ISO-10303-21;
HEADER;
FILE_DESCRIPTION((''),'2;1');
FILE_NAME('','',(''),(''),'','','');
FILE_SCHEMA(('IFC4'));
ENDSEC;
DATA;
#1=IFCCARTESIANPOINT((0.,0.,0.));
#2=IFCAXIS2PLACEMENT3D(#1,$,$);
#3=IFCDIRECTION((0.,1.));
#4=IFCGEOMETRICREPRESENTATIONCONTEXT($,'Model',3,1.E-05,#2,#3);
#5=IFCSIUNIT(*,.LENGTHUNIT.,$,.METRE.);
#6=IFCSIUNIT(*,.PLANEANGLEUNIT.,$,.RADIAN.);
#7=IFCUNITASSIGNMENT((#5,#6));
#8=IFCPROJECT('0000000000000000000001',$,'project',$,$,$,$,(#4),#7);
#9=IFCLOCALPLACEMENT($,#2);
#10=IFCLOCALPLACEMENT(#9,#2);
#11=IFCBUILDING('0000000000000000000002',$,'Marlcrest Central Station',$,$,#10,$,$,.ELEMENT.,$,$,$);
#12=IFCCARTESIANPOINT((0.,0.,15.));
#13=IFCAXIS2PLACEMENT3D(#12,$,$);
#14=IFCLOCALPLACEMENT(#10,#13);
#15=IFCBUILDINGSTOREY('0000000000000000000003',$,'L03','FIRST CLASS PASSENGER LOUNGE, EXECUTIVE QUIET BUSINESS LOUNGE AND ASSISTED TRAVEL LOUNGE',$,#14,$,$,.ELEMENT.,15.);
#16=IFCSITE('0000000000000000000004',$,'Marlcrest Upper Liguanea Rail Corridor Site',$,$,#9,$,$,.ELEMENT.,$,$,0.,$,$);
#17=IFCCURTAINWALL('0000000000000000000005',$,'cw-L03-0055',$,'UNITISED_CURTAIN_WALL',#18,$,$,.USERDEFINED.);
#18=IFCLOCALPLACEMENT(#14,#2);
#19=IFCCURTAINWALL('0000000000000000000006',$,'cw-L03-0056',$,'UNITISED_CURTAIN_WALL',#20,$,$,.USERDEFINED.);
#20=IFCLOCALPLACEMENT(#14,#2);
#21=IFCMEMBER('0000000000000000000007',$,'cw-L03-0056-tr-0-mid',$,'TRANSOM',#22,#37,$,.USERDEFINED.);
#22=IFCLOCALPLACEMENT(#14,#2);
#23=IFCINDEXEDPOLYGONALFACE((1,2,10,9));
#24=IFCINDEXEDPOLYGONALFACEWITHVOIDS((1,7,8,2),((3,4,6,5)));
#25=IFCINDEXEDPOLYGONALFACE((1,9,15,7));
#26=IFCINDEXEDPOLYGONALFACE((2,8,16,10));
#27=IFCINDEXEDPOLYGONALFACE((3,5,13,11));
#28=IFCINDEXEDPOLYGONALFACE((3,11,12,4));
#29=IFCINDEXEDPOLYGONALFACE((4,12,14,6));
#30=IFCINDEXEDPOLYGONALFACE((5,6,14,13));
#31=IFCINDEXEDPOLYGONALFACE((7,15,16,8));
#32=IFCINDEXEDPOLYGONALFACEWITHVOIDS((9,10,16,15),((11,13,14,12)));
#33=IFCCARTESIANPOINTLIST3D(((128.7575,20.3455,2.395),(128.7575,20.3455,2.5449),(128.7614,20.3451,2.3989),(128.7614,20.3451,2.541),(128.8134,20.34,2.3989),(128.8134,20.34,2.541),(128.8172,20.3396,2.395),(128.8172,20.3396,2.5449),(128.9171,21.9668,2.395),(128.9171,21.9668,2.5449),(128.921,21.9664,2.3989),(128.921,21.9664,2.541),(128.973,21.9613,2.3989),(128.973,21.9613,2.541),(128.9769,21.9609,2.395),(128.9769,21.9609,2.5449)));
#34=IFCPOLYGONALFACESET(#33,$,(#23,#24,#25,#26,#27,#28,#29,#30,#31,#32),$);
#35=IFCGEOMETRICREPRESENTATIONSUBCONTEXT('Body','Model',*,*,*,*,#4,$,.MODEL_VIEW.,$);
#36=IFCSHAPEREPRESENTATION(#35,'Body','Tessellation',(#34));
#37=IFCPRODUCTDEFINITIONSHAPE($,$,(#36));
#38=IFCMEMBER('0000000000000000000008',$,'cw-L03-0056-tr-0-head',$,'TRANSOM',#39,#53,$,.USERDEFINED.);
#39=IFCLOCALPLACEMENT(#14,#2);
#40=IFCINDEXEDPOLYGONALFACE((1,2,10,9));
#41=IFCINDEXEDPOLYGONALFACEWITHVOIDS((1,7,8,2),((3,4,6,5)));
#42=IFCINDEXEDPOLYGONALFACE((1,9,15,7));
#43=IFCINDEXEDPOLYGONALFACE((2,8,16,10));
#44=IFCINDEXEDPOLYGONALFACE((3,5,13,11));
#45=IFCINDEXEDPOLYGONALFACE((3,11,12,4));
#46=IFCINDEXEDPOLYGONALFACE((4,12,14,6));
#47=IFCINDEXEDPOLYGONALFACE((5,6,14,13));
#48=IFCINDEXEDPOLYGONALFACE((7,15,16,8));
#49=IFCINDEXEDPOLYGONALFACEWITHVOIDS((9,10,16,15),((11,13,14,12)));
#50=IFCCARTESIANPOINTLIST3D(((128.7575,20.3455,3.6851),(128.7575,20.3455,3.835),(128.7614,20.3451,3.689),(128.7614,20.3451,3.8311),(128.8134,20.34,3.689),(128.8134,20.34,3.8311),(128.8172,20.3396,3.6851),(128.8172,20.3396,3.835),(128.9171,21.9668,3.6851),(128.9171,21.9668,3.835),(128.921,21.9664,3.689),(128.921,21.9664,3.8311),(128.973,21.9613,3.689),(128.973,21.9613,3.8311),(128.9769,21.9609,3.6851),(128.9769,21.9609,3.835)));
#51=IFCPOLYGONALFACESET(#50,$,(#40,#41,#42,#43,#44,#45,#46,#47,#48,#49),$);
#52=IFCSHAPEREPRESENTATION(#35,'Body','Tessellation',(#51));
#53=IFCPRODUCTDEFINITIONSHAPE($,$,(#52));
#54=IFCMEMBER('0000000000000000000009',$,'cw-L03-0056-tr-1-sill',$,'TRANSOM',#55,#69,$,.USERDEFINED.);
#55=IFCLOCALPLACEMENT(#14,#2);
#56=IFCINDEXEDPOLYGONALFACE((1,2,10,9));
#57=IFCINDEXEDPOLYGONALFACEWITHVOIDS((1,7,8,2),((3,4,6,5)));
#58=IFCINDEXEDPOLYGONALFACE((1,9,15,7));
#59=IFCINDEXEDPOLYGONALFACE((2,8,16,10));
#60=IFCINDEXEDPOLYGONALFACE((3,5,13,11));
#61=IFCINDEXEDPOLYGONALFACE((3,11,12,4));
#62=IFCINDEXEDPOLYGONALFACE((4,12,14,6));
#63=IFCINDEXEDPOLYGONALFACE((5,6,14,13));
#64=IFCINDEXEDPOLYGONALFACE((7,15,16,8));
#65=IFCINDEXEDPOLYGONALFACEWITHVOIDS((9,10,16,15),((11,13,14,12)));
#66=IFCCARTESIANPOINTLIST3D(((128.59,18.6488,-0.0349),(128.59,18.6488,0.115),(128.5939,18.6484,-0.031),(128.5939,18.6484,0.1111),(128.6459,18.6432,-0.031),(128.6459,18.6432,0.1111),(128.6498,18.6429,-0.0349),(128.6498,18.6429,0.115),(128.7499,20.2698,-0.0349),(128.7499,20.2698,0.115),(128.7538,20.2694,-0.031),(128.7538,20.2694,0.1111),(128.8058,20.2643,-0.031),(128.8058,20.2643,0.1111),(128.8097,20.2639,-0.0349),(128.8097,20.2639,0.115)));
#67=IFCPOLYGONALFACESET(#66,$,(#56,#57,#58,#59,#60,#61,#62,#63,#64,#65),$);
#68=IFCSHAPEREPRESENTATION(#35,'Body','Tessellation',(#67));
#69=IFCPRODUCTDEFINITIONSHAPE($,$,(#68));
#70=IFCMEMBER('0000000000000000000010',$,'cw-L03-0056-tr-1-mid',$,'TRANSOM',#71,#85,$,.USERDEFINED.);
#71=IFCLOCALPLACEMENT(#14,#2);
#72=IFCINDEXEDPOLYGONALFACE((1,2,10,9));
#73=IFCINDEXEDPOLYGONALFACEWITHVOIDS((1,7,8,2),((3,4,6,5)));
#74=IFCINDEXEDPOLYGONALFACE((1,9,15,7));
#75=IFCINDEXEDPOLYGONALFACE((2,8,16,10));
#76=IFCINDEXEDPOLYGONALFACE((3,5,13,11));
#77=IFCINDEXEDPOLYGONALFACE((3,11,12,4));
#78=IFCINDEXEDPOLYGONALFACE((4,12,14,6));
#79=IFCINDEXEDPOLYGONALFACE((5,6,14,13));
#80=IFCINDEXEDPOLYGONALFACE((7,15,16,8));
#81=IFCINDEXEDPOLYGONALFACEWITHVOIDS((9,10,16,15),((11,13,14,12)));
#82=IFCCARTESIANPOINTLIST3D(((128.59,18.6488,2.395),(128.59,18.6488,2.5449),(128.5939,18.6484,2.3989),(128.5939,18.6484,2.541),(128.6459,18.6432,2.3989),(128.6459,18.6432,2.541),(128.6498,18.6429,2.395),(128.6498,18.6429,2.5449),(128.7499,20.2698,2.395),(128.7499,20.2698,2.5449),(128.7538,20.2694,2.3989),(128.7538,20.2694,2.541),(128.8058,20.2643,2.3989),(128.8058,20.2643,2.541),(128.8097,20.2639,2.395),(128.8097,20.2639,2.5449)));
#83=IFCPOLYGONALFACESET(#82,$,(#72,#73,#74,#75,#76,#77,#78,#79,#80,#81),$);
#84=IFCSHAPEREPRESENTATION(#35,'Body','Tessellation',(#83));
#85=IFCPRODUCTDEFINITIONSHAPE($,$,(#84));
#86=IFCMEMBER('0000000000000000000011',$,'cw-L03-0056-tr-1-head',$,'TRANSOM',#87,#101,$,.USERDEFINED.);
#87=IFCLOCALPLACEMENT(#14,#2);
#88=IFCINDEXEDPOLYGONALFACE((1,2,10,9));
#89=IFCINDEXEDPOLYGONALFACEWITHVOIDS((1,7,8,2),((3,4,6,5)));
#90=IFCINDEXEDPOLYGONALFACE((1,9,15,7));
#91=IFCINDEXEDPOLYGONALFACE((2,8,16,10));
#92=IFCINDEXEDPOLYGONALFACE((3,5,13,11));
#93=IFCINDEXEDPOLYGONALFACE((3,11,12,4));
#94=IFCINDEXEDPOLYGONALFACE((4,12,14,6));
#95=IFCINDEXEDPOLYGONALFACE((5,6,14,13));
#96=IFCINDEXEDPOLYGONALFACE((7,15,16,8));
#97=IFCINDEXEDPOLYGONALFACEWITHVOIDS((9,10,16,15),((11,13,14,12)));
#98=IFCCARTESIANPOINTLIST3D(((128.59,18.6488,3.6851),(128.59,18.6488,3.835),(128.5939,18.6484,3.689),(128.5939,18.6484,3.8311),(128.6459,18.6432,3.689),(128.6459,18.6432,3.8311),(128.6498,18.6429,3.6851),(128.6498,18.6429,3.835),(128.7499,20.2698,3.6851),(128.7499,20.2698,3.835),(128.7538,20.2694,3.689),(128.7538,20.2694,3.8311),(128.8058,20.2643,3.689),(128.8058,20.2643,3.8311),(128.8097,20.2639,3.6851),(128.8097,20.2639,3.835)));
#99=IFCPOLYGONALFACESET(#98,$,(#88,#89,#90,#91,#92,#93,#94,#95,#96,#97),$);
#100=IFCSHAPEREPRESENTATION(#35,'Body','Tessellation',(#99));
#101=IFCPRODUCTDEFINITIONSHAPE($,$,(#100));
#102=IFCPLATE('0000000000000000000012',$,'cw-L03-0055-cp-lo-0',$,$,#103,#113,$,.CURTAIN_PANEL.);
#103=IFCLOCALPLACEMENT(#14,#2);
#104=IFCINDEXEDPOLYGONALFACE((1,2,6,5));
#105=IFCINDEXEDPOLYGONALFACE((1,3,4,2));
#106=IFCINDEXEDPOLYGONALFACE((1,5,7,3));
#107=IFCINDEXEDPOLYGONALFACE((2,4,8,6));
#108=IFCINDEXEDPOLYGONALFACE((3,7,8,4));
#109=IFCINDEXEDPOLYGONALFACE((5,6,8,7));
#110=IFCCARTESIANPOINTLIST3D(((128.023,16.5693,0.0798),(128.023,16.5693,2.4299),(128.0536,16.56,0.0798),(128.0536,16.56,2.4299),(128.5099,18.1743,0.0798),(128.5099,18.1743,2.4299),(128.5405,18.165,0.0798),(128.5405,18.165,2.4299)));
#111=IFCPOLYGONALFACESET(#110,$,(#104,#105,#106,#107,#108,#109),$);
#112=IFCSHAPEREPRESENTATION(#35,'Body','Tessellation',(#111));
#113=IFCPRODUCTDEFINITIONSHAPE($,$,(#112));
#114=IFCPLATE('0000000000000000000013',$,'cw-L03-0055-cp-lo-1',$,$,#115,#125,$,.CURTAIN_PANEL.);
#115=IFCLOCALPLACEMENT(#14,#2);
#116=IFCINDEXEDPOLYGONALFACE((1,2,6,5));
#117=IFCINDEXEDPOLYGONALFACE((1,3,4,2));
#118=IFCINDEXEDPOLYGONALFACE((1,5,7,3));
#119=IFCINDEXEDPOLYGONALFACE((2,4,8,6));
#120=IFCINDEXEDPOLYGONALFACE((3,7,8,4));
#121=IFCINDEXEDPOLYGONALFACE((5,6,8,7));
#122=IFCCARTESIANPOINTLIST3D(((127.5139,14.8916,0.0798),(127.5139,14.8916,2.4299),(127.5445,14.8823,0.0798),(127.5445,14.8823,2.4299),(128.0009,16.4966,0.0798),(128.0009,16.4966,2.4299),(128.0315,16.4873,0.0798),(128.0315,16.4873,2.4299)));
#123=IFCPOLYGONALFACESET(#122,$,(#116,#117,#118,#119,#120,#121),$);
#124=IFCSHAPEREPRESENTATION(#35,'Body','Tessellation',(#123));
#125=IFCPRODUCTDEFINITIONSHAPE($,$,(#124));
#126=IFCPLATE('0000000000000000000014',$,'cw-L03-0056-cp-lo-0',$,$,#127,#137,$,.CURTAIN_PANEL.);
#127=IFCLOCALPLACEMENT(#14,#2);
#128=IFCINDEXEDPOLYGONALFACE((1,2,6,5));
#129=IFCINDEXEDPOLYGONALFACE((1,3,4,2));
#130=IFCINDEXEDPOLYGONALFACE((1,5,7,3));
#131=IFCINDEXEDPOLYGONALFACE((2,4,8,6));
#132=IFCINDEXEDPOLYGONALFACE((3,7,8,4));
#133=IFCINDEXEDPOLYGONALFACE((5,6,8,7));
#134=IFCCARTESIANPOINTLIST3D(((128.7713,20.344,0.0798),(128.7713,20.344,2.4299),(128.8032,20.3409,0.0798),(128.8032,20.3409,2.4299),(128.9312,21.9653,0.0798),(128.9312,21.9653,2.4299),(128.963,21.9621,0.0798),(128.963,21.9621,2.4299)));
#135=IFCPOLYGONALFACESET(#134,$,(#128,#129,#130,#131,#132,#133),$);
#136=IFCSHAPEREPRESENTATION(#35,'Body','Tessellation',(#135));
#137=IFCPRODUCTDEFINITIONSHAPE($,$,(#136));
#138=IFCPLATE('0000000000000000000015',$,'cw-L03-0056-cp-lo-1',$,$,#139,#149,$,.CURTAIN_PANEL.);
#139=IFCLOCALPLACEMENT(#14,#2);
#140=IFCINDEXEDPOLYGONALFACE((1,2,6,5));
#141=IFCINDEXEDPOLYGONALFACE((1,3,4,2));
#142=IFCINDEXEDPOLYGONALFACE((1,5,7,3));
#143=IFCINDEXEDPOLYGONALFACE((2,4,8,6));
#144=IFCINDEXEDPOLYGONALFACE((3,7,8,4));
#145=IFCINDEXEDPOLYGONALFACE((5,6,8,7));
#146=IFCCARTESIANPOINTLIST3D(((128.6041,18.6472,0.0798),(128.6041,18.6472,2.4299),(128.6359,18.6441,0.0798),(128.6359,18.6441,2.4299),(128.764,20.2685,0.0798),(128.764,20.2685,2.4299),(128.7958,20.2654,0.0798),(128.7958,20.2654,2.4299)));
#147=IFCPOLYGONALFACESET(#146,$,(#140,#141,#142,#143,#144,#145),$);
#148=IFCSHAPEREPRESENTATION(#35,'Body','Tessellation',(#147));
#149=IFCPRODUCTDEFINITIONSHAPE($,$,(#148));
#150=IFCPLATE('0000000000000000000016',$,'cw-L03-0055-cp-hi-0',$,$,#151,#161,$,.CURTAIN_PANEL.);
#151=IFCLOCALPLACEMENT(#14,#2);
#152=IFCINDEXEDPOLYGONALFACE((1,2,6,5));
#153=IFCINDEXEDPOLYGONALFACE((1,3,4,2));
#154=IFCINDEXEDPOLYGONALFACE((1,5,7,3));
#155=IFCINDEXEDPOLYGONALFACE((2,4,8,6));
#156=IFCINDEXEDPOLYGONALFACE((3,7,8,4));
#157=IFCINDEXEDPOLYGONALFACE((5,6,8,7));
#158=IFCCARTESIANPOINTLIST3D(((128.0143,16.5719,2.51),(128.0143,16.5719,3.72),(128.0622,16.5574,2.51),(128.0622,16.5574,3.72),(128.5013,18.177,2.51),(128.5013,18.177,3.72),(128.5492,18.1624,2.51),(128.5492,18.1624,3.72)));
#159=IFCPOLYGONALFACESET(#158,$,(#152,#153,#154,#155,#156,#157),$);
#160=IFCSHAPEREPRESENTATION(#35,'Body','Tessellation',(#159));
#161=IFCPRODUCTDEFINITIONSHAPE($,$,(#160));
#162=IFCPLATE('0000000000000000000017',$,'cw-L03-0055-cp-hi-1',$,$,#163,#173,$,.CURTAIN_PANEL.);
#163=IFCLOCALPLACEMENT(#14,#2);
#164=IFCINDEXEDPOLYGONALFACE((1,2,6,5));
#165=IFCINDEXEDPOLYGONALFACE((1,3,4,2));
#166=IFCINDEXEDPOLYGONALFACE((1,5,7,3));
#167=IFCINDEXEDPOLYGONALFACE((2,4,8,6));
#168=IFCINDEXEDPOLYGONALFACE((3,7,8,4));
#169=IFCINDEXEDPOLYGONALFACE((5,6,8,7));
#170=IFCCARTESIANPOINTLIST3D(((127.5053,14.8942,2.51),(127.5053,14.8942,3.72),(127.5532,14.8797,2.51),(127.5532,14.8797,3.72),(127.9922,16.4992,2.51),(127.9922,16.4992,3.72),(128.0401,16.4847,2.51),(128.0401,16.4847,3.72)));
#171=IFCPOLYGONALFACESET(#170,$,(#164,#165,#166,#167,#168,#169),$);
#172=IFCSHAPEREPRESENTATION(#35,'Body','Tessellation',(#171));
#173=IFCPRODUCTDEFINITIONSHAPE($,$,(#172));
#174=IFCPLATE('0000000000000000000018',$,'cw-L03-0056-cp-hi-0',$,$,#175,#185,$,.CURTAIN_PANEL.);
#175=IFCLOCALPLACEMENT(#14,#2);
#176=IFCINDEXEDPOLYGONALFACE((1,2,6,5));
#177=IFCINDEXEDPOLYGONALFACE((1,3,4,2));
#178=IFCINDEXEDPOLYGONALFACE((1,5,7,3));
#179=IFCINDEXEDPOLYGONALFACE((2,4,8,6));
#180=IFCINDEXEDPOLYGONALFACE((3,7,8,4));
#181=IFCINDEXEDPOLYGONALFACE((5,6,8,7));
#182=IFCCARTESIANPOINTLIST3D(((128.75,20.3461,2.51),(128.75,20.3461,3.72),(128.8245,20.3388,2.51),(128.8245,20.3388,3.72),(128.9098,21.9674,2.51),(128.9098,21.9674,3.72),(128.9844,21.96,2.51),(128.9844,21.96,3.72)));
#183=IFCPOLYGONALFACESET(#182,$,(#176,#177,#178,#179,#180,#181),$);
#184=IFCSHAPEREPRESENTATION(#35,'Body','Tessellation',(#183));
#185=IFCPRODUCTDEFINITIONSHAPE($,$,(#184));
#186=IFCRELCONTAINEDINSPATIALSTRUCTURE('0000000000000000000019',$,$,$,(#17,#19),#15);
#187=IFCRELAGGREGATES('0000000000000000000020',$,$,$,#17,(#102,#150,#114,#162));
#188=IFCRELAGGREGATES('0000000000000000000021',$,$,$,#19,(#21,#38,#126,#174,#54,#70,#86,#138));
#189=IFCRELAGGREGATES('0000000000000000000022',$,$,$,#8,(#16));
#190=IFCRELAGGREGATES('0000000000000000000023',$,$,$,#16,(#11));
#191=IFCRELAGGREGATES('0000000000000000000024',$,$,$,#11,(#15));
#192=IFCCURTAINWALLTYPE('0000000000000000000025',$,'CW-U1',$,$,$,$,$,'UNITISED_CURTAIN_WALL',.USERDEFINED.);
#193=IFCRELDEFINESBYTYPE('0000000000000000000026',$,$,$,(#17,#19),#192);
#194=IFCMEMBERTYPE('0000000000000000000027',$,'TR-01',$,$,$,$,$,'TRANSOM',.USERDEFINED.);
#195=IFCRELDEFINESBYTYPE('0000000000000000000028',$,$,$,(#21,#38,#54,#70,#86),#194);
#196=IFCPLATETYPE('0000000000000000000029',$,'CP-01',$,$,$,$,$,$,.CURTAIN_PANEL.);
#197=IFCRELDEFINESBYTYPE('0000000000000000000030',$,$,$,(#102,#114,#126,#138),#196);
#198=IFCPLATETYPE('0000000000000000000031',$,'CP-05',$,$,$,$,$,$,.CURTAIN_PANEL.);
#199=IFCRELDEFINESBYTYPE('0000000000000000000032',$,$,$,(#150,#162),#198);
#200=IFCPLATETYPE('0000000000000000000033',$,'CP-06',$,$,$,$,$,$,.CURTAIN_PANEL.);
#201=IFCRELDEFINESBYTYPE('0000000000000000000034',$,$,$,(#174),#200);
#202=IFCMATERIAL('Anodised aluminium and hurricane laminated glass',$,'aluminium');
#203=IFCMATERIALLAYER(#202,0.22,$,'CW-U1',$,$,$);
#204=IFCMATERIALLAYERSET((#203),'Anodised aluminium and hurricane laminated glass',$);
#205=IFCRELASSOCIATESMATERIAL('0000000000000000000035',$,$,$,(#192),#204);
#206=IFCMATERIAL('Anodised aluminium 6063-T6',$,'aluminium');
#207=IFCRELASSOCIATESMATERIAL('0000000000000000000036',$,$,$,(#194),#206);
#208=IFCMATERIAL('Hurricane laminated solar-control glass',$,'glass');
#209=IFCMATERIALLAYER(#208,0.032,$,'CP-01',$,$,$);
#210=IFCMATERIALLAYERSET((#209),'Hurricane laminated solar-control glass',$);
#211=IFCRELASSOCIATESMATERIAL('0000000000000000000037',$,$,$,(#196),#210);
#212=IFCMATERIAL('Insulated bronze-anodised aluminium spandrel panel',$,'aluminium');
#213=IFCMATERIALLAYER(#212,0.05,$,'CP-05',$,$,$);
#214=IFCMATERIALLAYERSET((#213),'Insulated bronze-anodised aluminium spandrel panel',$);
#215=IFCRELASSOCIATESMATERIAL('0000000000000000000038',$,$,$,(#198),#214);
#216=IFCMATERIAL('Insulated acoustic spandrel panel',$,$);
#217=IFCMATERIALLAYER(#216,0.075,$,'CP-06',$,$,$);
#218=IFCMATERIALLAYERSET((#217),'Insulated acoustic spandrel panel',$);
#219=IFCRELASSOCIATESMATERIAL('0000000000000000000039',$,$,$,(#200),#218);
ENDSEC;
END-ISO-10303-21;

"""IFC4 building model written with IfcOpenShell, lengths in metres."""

from ifc_helpers import new_model, si_unit, direction, frame, origin, origin_2d, place, context, subcontext, project, spatial, rectangle, hollow_rectangle, extrude, material, layer, layer_set, material_profile, profile_set, type_object, element, aggregate, save


model = new_model("IFC4")

# Units and contexts
model_context = context("Model", 3, precision=1e-05, world=origin(), true_north=direction((0.0, 1.0)))
body_context = subcontext(model_context, "Body", "Model", "MODEL_VIEW")
ifc_project = project(units=[si_unit("LENGTHUNIT", "METRE"), si_unit("PLANEANGLEUNIT", "RADIAN")], contexts=[model_context])

# Site, building, storey
site_placement = place(None, origin())
site = spatial("IfcSite", under=ifc_project, at=site_placement, Name="Marlcrest Upper Liguanea Rail Corridor Site", CompositionType="ELEMENT", RefElevation=0.0)
building_placement = place(site_placement, origin())
building = spatial("IfcBuilding", under=site, at=building_placement, Name="Marlcrest Central Station", CompositionType="ELEMENT")
storey_placement = place(building_placement, frame((0.0, 0.0, 15.0)))
storey = spatial("IfcBuildingStorey", under=building, at=storey_placement, Name="L03", Description="FIRST CLASS PASSENGER LOUNGE, EXECUTIVE QUIET BUSINESS LOUNGE AND ASSISTED TRAVEL LOUNGE", CompositionType="ELEMENT", Elevation=15.0)

# Shared definitions
ifc_material_1 = material(Name="Anodised aluminium and hurricane laminated glass", Category="aluminium")
ifc_layer_1 = layer(ifc_material_1, 0.22, Name="CW-U1")
ifc_layer_set_1 = layer_set([ifc_layer_1], Name="Anodised aluminium and hurricane laminated glass")
curtain_wall_type = type_object("IfcCurtainWallType", Name="CW-U1", ElementType="UNITISED_CURTAIN_WALL", PredefinedType="USERDEFINED", material=ifc_layer_set_1)
ifc_material_2 = material(Name="Anodised aluminium 6063-T6", Category="aluminium")

# Curtain walls
curtain_wall_1_placement = place(storey_placement, origin())
curtain_wall_1 = element("IfcCurtainWall", 1, at=curtain_wall_1_placement, inside=storey, type_object=curtain_wall_type, Name="cw-L03-0055", ObjectType="UNITISED_CURTAIN_WALL", PredefinedType="USERDEFINED")
curtain_wall_2_placement = place(storey_placement, origin())
curtain_wall_2 = element("IfcCurtainWall", 2, at=curtain_wall_2_placement, inside=storey, type_object=curtain_wall_type, Name="cw-L03-0056", ObjectType="UNITISED_CURTAIN_WALL", PredefinedType="USERDEFINED")

# Members
ifc_material_profile_1 = material_profile(ifc_material_2, hollow_rectangle(XDim=0.0601, YDim=0.1499, WallThickness=0.0039, at=origin_2d()), Name="AA-RHS 150x60x4")
ifc_profile_set_1 = profile_set([ifc_material_profile_1], Name="Anodised aluminium 6063-T6")
member_type_1 = type_object("IfcMemberType", Name="TR-01", ElementType="TRANSOM", PredefinedType="USERDEFINED", material=ifc_profile_set_1)
member_1_placement = place(storey_placement, frame((128.947, 21.9639, 2.47), z_axis=(-0.098005, -0.995186, 0.0), x_axis=(0.995186, -0.098005, 0.0)))
member_1 = element("IfcMember", 3, at=member_1_placement, type_object=member_type_1, Name="cw-L03-0056-tr-0-mid", ObjectType="TRANSOM", PredefinedType="USERDEFINED", context=body_context, shape_type="SweptSolid", body=[
    extrude(hollow_rectangle(XDim=0.0601, YDim=0.1499, WallThickness=0.0039, at=origin_2d()), origin(), (0.0, 0.0, 1.0), 1.6292),
])
member_2_placement = place(storey_placement, frame((128.947, 21.9639, 3.76), z_axis=(-0.098005, -0.995186, 0.0), x_axis=(0.995186, -0.098005, 0.0)))
member_2 = element("IfcMember", 4, at=member_2_placement, type_object=member_type_1, Name="cw-L03-0056-tr-0-head", ObjectType="TRANSOM", PredefinedType="USERDEFINED", context=body_context, shape_type="SweptSolid", body=[
    extrude(hollow_rectangle(XDim=0.0601, YDim=0.1499, WallThickness=0.0039, at=origin_2d()), origin(), (0.0, 0.0, 1.0), 1.6292),
])
member_3_placement = place(storey_placement, frame((128.7798, 20.2668, 0.04), z_axis=(-0.098168, -0.99517, 0.0), x_axis=(0.99517, -0.098168, 0.0)))
member_3 = element("IfcMember", 5, at=member_3_placement, type_object=member_type_1, Name="cw-L03-0056-tr-1-sill", ObjectType="TRANSOM", PredefinedType="USERDEFINED", context=body_context, shape_type="SweptSolid", body=[
    extrude(hollow_rectangle(XDim=0.0601, YDim=0.1499, WallThickness=0.0039, at=origin_2d()), origin(), (0.0, 0.0, 1.0), 1.6289),
])
member_4_placement = place(storey_placement, frame((128.7798, 20.2668, 2.47), z_axis=(-0.098168, -0.99517, 0.0), x_axis=(0.99517, -0.098168, 0.0)))
member_4 = element("IfcMember", 6, at=member_4_placement, type_object=member_type_1, Name="cw-L03-0056-tr-1-mid", ObjectType="TRANSOM", PredefinedType="USERDEFINED", context=body_context, shape_type="SweptSolid", body=[
    extrude(hollow_rectangle(XDim=0.0601, YDim=0.1499, WallThickness=0.0039, at=origin_2d()), origin(), (0.0, 0.0, 1.0), 1.6289),
])
member_5_placement = place(storey_placement, frame((128.7798, 20.2668, 3.76), z_axis=(-0.098168, -0.99517, 0.0), x_axis=(0.99517, -0.098168, 0.0)))
member_5 = element("IfcMember", 7, at=member_5_placement, type_object=member_type_1, Name="cw-L03-0056-tr-1-head", ObjectType="TRANSOM", PredefinedType="USERDEFINED", context=body_context, shape_type="SweptSolid", body=[
    extrude(hollow_rectangle(XDim=0.0601, YDim=0.1499, WallThickness=0.0039, at=origin_2d()), origin(), (0.0, 0.0, 1.0), 1.6289),
])

# Plates
ifc_material_3 = material(Name="Hurricane laminated solar-control glass", Category="glass")
ifc_layer_2 = layer(ifc_material_3, 0.032, Name="CP-01")
ifc_layer_set_2 = layer_set([ifc_layer_2], Name="Hurricane laminated solar-control glass")
plate_type_1 = type_object("IfcPlateType", Name="CP-01", PredefinedType="CURTAIN_PANEL", material=ifc_layer_set_2)
plate_1_placement = place(storey_placement, frame((128.2817, 17.3672, 0.0798), z_axis=(0.0, 0.0, 1.0), x_axis=(-0.290318, -0.95693, 0.0)))
plate_1 = element("IfcPlate", 8, at=plate_1_placement, type_object=plate_type_1, Name="cw-L03-0055-cp-lo-0", PredefinedType="CURTAIN_PANEL", context=body_context, shape_type="SweptSolid", body=[
    extrude(rectangle(XDim=1.6772, YDim=0.032, at=origin_2d()), origin(), (0.0, 0.0, 1.0), 2.3501),
])
plate_2_placement = place(storey_placement, frame((127.7727, 15.6895, 0.0798), z_axis=(0.0, 0.0, 1.0), x_axis=(-0.290318, -0.95693, 0.0)))
plate_2 = element("IfcPlate", 9, at=plate_2_placement, type_object=plate_type_1, Name="cw-L03-0055-cp-lo-1", PredefinedType="CURTAIN_PANEL", context=body_context, shape_type="SweptSolid", body=[
    extrude(rectangle(XDim=1.6772, YDim=0.032, at=origin_2d()), origin(), (0.0, 0.0, 1.0), 2.3501),
])
plate_3_placement = place(storey_placement, frame((128.8672, 21.1531, 0.0798), z_axis=(0.0, 0.0, 1.0), x_axis=(-0.098139, -0.995173, 0.0)))
plate_3 = element("IfcPlate", 10, at=plate_3_placement, type_object=plate_type_1, Name="cw-L03-0056-cp-lo-0", PredefinedType="CURTAIN_PANEL", context=body_context, shape_type="SweptSolid", body=[
    extrude(rectangle(XDim=1.6292, YDim=0.032, at=origin_2d()), origin(), (0.0, 0.0, 1.0), 2.3501),
])
plate_4_placement = place(storey_placement, frame((128.7, 19.4563, 0.0798), z_axis=(0.0, 0.0, 1.0), x_axis=(-0.098139, -0.995173, 0.0)))
plate_4 = element("IfcPlate", 11, at=plate_4_placement, type_object=plate_type_1, Name="cw-L03-0056-cp-lo-1", PredefinedType="CURTAIN_PANEL", context=body_context, shape_type="SweptSolid", body=[
    extrude(rectangle(XDim=1.6292, YDim=0.032, at=origin_2d()), origin(), (0.0, 0.0, 1.0), 2.3501),
])
ifc_material_4 = material(Name="Insulated bronze-anodised aluminium spandrel panel", Category="aluminium")
ifc_layer_3 = layer(ifc_material_4, 0.05, Name="CP-05")
ifc_layer_set_3 = layer_set([ifc_layer_3], Name="Insulated bronze-anodised aluminium spandrel panel")
plate_type_2 = type_object("IfcPlateType", Name="CP-05", PredefinedType="CURTAIN_PANEL", material=ifc_layer_set_3)
plate_5_placement = place(storey_placement, frame((128.2817, 17.3672, 2.51), z_axis=(0.0, 0.0, 1.0), x_axis=(-0.290318, -0.95693, 0.0)))
plate_5 = element("IfcPlate", 12, at=plate_5_placement, type_object=plate_type_2, Name="cw-L03-0055-cp-hi-0", PredefinedType="CURTAIN_PANEL", context=body_context, shape_type="SweptSolid", body=[
    extrude(rectangle(XDim=1.6772, YDim=0.05, at=origin_2d()), origin(), (0.0, 0.0, 1.0), 1.21),
])
plate_6_placement = place(storey_placement, frame((127.7727, 15.6895, 2.51), z_axis=(0.0, 0.0, 1.0), x_axis=(-0.290318, -0.95693, 0.0)))
plate_6 = element("IfcPlate", 13, at=plate_6_placement, type_object=plate_type_2, Name="cw-L03-0055-cp-hi-1", PredefinedType="CURTAIN_PANEL", context=body_context, shape_type="SweptSolid", body=[
    extrude(rectangle(XDim=1.6772, YDim=0.05, at=origin_2d()), origin(), (0.0, 0.0, 1.0), 1.21),
])
aggregate(curtain_wall_1, [plate_1, plate_5, plate_2, plate_6])
ifc_material_5 = material(Name="Insulated acoustic spandrel panel")
ifc_layer_4 = layer(ifc_material_5, 0.075, Name="CP-06")
ifc_layer_set_4 = layer_set([ifc_layer_4], Name="Insulated acoustic spandrel panel")
plate_type_3 = type_object("IfcPlateType", Name="CP-06", PredefinedType="CURTAIN_PANEL", material=ifc_layer_set_4)
plate_7_placement = place(storey_placement, frame((128.8672, 21.1531, 2.51), z_axis=(0.0, 0.0, 1.0), x_axis=(-0.098139, -0.995173, 0.0)))
plate_7 = element("IfcPlate", 14, at=plate_7_placement, type_object=plate_type_3, Name="cw-L03-0056-cp-hi-0", PredefinedType="CURTAIN_PANEL", context=body_context, shape_type="SweptSolid", body=[
    extrude(rectangle(XDim=1.6292, YDim=0.075, at=origin_2d()), origin(), (0.0, 0.0, 1.0), 1.21),
])
aggregate(curtain_wall_2, [member_1, member_2, plate_3, plate_7, member_3, member_4, member_5, plate_4])

save(model, "model.ifc")
